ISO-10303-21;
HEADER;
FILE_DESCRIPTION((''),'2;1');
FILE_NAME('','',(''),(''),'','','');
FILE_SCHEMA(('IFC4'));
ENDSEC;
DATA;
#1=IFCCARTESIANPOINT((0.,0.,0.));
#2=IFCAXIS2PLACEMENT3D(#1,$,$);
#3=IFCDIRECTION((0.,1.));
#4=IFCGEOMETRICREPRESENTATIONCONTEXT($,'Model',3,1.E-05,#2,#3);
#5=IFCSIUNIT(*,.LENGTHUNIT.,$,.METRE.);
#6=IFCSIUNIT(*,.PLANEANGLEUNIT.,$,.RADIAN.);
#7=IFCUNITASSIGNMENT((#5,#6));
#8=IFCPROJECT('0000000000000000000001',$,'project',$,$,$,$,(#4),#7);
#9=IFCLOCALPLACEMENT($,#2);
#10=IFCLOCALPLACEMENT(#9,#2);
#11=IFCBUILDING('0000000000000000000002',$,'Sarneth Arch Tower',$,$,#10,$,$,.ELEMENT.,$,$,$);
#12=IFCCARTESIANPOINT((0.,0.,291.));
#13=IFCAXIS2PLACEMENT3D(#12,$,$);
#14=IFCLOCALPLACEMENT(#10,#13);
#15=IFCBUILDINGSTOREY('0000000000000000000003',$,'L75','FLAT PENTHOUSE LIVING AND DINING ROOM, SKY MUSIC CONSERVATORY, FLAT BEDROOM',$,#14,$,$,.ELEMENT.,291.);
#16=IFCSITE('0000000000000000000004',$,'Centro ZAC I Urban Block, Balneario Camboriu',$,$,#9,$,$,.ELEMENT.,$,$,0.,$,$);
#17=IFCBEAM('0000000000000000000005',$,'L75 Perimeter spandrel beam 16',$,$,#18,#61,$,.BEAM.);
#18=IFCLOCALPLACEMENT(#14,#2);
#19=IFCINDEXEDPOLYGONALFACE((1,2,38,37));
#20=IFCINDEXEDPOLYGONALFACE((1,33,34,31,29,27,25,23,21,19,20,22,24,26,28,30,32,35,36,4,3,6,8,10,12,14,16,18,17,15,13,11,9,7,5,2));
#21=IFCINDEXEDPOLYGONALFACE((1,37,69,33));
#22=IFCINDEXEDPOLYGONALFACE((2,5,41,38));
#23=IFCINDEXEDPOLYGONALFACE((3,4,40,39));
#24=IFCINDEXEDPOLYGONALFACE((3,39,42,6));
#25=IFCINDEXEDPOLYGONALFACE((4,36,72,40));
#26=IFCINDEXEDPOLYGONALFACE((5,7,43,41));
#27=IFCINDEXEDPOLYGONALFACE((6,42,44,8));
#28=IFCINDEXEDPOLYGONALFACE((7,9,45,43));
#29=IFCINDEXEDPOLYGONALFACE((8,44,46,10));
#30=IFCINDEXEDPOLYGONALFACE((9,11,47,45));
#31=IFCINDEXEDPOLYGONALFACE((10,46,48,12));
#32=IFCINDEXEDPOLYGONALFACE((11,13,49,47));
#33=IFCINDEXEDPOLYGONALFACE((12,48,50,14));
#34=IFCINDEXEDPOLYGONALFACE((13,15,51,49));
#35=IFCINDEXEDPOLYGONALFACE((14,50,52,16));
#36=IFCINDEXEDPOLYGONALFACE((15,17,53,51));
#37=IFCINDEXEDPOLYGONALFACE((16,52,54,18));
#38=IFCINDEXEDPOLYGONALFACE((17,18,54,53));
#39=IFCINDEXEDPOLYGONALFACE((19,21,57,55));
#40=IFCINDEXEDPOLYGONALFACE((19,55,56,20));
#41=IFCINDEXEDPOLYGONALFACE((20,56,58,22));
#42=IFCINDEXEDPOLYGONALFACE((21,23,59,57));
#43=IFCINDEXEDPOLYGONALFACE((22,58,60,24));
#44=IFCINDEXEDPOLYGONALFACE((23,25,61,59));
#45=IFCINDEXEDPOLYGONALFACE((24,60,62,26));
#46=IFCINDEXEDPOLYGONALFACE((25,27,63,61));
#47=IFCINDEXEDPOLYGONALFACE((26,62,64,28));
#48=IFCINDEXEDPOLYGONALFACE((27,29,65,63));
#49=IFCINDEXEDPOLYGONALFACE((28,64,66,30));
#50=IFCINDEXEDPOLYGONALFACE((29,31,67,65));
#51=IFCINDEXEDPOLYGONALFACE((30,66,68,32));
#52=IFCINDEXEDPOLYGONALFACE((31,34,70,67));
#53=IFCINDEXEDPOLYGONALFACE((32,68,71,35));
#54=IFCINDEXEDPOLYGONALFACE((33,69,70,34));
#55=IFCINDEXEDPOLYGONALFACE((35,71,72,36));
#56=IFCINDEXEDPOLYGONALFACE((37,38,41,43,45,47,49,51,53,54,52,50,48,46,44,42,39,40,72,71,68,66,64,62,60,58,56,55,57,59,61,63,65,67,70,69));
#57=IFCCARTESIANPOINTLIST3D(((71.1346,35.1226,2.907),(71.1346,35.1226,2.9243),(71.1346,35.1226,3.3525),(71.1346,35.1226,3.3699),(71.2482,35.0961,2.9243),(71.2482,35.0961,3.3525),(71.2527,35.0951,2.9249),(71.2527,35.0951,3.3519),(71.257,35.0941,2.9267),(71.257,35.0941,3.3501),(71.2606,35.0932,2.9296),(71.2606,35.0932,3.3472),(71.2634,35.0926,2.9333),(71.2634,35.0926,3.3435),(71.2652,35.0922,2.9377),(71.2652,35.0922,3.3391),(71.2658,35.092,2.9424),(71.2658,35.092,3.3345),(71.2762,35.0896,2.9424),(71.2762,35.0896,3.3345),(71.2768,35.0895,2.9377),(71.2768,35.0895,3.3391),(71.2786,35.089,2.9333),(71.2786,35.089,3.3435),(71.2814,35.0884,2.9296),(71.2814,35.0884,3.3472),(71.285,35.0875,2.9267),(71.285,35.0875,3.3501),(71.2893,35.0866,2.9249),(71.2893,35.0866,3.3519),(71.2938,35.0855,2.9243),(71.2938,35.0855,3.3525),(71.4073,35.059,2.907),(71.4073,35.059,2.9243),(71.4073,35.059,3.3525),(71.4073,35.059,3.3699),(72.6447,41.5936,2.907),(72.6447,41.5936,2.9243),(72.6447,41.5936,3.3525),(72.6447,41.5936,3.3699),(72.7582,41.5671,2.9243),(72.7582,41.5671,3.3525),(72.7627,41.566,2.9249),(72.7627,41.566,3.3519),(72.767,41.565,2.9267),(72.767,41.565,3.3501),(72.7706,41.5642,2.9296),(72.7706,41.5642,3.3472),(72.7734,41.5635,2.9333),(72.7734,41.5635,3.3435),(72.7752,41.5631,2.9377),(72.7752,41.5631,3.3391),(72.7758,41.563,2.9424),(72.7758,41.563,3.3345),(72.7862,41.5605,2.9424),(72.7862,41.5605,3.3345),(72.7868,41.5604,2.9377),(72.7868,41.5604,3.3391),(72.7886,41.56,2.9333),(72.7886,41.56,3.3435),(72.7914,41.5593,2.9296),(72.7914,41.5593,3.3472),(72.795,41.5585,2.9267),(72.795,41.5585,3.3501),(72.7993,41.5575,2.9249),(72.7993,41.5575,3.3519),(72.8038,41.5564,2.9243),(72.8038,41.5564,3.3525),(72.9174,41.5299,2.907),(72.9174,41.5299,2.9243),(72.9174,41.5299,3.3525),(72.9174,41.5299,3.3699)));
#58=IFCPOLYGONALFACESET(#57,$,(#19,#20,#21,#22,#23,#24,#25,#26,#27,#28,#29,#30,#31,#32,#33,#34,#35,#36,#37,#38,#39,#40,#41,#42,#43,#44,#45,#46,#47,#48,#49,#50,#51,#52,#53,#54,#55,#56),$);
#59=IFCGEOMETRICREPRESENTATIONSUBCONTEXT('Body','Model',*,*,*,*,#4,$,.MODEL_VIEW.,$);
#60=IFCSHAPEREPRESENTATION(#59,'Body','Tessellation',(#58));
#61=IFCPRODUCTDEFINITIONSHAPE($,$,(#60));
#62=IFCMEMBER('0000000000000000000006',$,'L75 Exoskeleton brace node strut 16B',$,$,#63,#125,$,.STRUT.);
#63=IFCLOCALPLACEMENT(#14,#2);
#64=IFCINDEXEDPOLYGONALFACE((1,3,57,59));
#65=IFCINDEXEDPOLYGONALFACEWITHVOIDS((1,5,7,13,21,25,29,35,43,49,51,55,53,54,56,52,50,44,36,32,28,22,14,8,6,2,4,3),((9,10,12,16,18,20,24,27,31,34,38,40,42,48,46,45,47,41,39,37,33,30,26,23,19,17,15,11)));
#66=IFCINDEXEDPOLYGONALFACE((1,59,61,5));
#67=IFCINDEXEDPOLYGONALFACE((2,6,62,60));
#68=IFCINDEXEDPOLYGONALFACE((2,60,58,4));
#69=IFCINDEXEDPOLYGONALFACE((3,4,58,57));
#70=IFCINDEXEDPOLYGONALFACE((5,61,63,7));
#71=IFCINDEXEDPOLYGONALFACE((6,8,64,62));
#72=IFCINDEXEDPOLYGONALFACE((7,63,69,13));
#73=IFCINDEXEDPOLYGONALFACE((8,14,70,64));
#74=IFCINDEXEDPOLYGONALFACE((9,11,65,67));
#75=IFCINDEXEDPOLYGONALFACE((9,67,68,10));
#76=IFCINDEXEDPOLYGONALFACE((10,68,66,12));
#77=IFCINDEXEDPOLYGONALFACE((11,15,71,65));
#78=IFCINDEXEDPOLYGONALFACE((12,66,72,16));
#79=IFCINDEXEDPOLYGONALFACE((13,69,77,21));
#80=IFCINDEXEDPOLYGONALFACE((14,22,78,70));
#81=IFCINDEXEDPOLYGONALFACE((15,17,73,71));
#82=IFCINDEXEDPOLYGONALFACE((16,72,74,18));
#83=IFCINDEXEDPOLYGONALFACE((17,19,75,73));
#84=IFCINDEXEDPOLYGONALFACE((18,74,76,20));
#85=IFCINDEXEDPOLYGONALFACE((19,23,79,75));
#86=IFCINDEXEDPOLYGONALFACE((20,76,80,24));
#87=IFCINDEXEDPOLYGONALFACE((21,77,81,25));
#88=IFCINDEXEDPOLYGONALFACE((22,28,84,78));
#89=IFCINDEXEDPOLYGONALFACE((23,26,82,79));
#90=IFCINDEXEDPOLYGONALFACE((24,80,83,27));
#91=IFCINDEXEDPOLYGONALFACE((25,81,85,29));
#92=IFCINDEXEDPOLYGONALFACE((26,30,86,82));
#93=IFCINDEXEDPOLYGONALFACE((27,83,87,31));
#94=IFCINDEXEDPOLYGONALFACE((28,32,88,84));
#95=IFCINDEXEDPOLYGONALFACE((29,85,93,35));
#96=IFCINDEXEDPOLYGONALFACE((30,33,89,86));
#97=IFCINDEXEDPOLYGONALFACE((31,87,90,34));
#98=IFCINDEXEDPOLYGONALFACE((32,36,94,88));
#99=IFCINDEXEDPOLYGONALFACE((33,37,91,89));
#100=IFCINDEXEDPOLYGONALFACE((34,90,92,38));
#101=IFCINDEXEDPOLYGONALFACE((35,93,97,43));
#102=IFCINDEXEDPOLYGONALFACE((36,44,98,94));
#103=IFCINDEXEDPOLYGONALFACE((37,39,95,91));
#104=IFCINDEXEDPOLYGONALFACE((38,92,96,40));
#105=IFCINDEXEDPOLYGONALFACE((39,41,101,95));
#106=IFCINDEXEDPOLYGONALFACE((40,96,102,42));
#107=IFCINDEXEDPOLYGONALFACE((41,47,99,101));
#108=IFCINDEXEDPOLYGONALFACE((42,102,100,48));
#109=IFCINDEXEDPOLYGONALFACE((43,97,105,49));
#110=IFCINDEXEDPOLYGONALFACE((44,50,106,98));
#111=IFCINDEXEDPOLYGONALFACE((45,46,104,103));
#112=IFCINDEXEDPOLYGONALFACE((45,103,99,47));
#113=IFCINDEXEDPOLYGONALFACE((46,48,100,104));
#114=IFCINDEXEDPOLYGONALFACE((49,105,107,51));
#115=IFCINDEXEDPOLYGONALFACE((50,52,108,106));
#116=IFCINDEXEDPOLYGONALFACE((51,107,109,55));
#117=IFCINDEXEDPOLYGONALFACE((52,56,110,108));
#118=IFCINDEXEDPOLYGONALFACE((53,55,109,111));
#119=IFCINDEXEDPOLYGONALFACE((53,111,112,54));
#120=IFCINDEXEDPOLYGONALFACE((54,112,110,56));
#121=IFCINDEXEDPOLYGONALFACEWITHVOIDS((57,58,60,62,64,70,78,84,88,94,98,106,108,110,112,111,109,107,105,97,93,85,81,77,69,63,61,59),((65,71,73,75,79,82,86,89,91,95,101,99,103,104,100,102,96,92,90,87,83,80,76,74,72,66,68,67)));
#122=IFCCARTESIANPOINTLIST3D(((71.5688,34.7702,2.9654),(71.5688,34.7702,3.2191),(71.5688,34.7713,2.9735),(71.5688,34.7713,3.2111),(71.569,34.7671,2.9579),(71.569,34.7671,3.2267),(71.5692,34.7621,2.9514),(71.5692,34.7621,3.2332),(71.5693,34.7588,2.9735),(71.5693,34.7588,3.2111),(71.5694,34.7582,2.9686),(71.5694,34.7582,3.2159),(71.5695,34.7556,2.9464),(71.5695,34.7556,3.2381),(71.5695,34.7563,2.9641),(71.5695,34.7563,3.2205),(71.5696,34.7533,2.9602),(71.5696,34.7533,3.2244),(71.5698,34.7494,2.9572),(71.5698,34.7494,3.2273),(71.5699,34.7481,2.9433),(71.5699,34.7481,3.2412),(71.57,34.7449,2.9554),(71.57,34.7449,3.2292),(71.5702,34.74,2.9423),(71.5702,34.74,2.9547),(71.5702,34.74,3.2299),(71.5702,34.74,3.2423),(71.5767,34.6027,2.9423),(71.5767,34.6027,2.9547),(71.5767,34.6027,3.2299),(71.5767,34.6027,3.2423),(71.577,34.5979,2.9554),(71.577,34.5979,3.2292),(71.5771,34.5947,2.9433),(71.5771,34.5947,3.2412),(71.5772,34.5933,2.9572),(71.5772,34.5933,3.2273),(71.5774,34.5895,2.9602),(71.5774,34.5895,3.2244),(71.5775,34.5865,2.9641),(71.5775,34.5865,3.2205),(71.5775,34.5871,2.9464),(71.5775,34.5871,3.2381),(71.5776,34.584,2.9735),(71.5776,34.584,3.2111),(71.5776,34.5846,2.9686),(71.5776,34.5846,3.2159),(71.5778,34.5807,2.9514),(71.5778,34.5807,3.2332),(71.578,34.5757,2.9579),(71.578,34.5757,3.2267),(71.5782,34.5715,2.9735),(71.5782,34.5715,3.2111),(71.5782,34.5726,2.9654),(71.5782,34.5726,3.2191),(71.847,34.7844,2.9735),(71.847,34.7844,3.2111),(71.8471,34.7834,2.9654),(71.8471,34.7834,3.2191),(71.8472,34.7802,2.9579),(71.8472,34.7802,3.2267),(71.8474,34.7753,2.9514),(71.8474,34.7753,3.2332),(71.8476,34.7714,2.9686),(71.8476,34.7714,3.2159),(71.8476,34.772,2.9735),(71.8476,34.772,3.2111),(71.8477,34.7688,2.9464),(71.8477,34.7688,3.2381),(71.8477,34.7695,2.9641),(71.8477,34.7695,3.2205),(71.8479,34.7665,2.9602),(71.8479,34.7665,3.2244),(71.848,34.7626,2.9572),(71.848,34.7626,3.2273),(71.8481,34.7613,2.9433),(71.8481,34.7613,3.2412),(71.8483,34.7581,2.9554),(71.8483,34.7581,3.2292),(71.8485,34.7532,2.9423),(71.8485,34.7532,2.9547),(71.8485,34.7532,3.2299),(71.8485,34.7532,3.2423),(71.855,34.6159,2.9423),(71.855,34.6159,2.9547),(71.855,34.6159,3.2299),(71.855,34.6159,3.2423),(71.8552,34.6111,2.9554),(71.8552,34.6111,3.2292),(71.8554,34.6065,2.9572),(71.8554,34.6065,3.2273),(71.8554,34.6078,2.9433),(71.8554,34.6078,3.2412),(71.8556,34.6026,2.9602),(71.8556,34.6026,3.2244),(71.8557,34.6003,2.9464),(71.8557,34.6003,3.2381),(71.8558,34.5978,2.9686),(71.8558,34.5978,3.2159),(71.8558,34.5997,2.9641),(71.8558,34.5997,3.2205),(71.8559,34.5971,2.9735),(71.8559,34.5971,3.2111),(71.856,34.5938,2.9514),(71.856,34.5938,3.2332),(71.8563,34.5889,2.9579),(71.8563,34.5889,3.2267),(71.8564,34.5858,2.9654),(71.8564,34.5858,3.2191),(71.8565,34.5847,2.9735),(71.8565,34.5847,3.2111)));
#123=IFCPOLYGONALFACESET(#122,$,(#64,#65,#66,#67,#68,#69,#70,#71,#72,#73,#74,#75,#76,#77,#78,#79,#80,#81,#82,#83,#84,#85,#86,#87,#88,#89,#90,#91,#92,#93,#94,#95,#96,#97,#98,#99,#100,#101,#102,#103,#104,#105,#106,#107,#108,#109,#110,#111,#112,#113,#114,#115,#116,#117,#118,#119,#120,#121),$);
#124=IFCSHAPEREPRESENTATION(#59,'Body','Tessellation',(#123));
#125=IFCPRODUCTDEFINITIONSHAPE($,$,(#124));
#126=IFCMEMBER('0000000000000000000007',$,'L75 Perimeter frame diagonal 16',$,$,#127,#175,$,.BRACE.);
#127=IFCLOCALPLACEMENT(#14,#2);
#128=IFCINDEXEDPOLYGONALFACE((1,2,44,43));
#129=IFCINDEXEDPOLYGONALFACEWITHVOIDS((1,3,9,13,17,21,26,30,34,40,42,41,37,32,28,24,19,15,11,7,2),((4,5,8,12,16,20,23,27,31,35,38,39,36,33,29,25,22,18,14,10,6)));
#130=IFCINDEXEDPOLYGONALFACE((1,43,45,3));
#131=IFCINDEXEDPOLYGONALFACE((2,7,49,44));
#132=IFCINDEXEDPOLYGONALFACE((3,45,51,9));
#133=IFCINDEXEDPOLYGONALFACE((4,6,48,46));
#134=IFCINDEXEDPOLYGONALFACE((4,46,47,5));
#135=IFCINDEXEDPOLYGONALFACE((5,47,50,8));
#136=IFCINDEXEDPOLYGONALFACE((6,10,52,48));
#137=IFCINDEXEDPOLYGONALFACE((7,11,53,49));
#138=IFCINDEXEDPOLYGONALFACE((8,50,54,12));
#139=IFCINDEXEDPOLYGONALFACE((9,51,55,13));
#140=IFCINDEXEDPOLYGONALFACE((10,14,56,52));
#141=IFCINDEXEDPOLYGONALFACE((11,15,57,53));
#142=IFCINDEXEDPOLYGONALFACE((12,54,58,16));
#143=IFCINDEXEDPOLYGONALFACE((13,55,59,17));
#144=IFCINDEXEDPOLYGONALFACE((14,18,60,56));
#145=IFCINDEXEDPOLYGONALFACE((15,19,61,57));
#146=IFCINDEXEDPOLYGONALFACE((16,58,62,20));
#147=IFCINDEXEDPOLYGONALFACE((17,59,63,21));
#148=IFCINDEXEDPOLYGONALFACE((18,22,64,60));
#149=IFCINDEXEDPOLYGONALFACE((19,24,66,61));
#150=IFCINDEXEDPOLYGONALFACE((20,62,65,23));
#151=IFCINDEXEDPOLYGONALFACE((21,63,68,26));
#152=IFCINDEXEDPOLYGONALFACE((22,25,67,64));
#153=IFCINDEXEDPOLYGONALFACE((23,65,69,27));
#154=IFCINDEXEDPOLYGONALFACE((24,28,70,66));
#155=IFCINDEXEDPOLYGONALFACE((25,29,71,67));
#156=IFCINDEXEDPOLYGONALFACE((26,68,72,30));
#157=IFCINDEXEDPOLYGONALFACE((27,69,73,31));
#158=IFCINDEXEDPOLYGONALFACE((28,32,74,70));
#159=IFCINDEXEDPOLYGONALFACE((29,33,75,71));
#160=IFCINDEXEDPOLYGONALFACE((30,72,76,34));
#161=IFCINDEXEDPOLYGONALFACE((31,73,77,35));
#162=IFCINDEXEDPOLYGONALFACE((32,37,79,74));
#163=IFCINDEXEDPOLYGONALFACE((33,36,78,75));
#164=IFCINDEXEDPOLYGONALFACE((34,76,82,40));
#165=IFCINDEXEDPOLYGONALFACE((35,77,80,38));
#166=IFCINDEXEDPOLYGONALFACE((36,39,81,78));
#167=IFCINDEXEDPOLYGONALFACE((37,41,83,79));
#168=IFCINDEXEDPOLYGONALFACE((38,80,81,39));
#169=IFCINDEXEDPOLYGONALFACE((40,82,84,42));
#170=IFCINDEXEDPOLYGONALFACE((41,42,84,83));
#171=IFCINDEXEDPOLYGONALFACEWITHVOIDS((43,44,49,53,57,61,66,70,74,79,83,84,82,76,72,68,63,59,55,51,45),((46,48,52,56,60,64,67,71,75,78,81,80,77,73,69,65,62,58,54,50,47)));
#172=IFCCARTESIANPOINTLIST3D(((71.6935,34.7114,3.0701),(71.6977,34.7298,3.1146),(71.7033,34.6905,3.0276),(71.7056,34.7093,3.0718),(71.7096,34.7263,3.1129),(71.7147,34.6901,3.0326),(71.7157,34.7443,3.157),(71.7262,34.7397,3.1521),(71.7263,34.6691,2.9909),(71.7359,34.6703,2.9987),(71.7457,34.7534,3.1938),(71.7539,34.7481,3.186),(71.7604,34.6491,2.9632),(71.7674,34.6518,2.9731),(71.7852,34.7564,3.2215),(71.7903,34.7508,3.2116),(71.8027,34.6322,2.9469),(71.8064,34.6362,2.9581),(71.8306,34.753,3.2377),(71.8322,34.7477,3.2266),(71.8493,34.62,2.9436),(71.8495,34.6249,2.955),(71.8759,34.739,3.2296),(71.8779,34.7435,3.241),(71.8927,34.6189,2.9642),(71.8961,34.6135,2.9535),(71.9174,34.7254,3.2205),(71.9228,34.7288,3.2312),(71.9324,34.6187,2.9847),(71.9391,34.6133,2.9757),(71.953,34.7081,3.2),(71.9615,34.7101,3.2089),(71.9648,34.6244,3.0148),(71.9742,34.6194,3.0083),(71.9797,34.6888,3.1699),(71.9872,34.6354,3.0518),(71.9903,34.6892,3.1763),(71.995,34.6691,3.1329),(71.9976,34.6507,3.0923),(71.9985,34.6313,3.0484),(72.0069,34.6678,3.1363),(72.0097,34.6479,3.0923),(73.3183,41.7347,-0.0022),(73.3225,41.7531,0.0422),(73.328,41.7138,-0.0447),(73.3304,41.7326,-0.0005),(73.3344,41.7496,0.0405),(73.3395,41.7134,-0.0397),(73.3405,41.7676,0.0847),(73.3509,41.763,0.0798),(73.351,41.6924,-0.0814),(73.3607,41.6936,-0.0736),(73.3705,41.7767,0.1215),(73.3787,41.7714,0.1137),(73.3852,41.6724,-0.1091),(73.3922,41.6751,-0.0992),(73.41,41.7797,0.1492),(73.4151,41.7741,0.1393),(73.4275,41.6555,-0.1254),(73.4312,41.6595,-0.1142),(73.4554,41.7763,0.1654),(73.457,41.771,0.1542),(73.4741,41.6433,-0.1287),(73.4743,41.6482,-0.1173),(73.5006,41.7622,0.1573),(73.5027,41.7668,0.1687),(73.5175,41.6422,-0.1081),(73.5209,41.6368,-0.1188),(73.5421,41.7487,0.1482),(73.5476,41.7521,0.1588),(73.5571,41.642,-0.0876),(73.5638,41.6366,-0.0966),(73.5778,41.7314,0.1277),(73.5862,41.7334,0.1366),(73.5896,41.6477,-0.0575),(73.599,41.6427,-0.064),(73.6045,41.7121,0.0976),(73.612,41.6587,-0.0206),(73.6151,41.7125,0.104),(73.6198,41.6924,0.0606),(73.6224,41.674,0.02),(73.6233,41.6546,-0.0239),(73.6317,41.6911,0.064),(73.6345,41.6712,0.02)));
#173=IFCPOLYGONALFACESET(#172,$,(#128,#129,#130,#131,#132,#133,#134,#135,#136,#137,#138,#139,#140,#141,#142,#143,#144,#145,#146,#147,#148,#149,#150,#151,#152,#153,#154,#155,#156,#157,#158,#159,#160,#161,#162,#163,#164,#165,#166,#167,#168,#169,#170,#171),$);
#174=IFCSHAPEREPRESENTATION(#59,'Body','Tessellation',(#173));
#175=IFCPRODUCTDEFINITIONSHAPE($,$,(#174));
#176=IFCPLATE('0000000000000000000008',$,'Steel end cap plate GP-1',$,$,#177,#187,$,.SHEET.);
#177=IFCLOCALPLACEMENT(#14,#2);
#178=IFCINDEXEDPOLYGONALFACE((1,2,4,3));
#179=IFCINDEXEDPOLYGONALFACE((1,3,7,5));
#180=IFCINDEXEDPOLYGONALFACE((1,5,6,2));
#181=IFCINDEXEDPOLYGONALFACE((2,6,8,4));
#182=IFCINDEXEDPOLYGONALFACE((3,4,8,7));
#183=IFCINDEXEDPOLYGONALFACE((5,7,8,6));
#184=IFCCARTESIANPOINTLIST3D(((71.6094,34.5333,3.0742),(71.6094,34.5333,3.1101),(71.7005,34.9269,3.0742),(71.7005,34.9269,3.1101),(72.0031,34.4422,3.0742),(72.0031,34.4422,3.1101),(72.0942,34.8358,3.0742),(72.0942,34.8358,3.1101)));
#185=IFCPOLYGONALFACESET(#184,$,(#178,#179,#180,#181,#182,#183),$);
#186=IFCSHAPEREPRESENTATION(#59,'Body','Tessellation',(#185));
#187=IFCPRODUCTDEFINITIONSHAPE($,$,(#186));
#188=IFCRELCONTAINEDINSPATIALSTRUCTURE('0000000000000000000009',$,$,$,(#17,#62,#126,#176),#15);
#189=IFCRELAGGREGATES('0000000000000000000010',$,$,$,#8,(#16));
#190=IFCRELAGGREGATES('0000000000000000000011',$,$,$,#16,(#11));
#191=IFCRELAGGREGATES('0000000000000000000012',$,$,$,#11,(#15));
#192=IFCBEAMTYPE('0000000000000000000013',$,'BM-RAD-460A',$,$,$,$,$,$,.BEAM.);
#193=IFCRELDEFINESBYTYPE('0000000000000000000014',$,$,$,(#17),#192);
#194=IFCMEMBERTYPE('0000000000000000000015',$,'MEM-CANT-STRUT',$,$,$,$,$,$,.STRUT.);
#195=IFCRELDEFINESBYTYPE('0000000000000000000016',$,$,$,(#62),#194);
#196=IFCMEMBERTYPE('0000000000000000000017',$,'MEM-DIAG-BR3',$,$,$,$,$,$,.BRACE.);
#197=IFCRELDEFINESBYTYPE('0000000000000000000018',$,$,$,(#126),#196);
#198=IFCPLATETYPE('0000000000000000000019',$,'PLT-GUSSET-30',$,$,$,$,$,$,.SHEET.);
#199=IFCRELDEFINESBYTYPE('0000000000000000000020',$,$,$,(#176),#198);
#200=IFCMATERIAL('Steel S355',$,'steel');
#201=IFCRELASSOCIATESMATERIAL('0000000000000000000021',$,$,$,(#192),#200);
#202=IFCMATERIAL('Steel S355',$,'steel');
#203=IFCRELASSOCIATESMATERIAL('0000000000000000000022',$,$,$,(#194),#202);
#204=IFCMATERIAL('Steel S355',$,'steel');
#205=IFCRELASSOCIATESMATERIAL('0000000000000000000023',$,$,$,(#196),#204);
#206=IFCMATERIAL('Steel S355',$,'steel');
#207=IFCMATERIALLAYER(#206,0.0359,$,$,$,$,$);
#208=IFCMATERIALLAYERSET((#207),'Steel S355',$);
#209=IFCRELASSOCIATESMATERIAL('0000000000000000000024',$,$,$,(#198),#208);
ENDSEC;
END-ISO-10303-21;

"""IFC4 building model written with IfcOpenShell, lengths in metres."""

from ifc_helpers import new_model, si_unit, direction, frame, origin, origin_2d, place, context, subcontext, project, spatial, rectangle, hollow_rectangle, hollow_circle, i_section, extrude, material, layer, layer_set, material_profile, profile_set, type_object, element, save


model = new_model("IFC4")

# Units and contexts
model_context = context("Model", 3, precision=1e-05, world=origin(), true_north=direction((0.0, 1.0)))
body_context = subcontext(model_context, "Body", "Model", "MODEL_VIEW")
ifc_project = project(units=[si_unit("LENGTHUNIT", "METRE"), si_unit("PLANEANGLEUNIT", "RADIAN")], contexts=[model_context])

# Site, building, storey
site_placement = place(None, origin())
site = spatial("IfcSite", under=ifc_project, at=site_placement, Name="Centro ZAC I Urban Block, Balneario Camboriu", CompositionType="ELEMENT", RefElevation=0.0)
building_placement = place(site_placement, origin())
building = spatial("IfcBuilding", under=site, at=building_placement, Name="Sarneth Arch Tower", CompositionType="ELEMENT")
storey_placement = place(building_placement, frame((0.0, 0.0, 291.0)))
storey = spatial("IfcBuildingStorey", under=building, at=storey_placement, Name="L75", Description="FLAT PENTHOUSE LIVING AND DINING ROOM, SKY MUSIC CONSERVATORY, FLAT BEDROOM", CompositionType="ELEMENT", Elevation=291.0)

# Beam
ifc_material_1 = material(Name="Steel S355", Category="steel")
ifc_material_profile_1 = material_profile(ifc_material_1, i_section(OverallWidth=0.28, OverallDepth=0.4629, WebThickness=0.0107, FlangeThickness=0.0173, FilletRadius=0.0181, at=origin_2d()), Name="W460x113")
ifc_profile_set_1 = profile_set([ifc_material_profile_1], Name="Steel S355")
beam_type_1 = type_object("IfcBeamType", Name="BM-RAD-460A", PredefinedType="BEAM", material=ifc_profile_set_1)
beam_1_placement = place(storey_placement, frame((71.271, 35.0908, 3.1384), z_axis=(0.227247, 0.973837, 0.0), x_axis=(-0.973837, 0.227247, 0.0)))
element("IfcBeam", 1, at=beam_1_placement, inside=storey, type_object=beam_type_1, Name="L75 Perimeter spandrel beam 16", PredefinedType="BEAM", context=body_context, shape_type="SweptSolid", body=[
    extrude(i_section(OverallWidth=0.28, OverallDepth=0.4629, WebThickness=0.0107, FlangeThickness=0.0173, FilletRadius=0.0181, at=origin_2d()), origin(), (0.0, 0.0, 1.0), 6.6448),
])

# Members
ifc_material_2 = material(Name="Steel S355", Category="steel")
ifc_material_profile_2 = material_profile(ifc_material_2, hollow_rectangle(XDim=0.2, YDim=0.3, WallThickness=0.0125, InnerFilletRadius=0.0188, OuterFilletRadius=0.0312, at=origin_2d()), Name="RHS300x200x12.5")
ifc_profile_set_2 = profile_set([ifc_material_profile_2], Name="Steel S355")
member_type_1 = type_object("IfcMemberType", Name="MEM-CANT-STRUT", PredefinedType="STRUT", material=ifc_profile_set_2)
member_1_placement = place(storey_placement, frame((71.5735, 34.6714, 3.0923), z_axis=(0.99888, 0.047315, 0.0), x_axis=(-0.047315, 0.99888, 0.0)))
element("IfcMember", 2, at=member_1_placement, inside=storey, type_object=member_type_1, Name="L75 Exoskeleton brace node strut 16B", PredefinedType="STRUT", context=body_context, shape_type="SweptSolid", body=[
    extrude(hollow_rectangle(XDim=0.2, YDim=0.3, WallThickness=0.0125, InnerFilletRadius=0.0188, OuterFilletRadius=0.0312, at=origin_2d()), origin(), (0.0, 0.0, 1.0), 0.2786),
])
ifc_material_3 = material(Name="Steel S355", Category="steel")
ifc_material_profile_3 = material_profile(ifc_material_3, hollow_circle(Radius=0.1621, WallThickness=0.0125, at=origin_2d()), Name="CHS324x12.5")
ifc_profile_set_3 = profile_set([ifc_material_profile_3], Name="Steel S355")
member_type_2 = type_object("IfcMemberType", Name="MEM-DIAG-BR3", PredefinedType="BRACE", material=ifc_profile_set_3)
member_2_placement = place(storey_placement, frame((73.4766, 41.7078, 0.02), z_axis=(-0.207343, -0.896265, 0.392067), x_axis=(0.974269, -0.225389, 0.0)))
element("IfcMember", 3, at=member_2_placement, inside=storey, type_object=member_type_2, Name="L75 Perimeter frame diagonal 16", PredefinedType="BRACE", context=body_context, shape_type="SweptSolid", body=[
    extrude(hollow_circle(Radius=0.1621, WallThickness=0.0125, at=origin_2d()), origin(), (0.0, 0.0, 1.0), 7.8362),
])

# Plate
ifc_material_4 = material(Name="Steel S355", Category="steel")
ifc_layer_1 = layer(ifc_material_4, 0.0359)
ifc_layer_set_1 = layer_set([ifc_layer_1], Name="Steel S355")
plate_type = type_object("IfcPlateType", Name="PLT-GUSSET-30", PredefinedType="SHEET", material=ifc_layer_set_1)
plate_placement = place(storey_placement, frame((71.8518, 34.6846, 3.0742), z_axis=(0.0, 0.0, 1.0), x_axis=(0.225461, 0.974252, 0.0)))
element("IfcPlate", 4, at=plate_placement, inside=storey, type_object=plate_type, Name="Steel end cap plate GP-1", PredefinedType="SHEET", context=body_context, shape_type="SweptSolid", body=[
    extrude(rectangle(XDim=0.4041, YDim=0.4041, at=origin_2d()), origin(), (0.0, 0.0, 1.0), 0.0359),
])

save(model, "model.ifc")
